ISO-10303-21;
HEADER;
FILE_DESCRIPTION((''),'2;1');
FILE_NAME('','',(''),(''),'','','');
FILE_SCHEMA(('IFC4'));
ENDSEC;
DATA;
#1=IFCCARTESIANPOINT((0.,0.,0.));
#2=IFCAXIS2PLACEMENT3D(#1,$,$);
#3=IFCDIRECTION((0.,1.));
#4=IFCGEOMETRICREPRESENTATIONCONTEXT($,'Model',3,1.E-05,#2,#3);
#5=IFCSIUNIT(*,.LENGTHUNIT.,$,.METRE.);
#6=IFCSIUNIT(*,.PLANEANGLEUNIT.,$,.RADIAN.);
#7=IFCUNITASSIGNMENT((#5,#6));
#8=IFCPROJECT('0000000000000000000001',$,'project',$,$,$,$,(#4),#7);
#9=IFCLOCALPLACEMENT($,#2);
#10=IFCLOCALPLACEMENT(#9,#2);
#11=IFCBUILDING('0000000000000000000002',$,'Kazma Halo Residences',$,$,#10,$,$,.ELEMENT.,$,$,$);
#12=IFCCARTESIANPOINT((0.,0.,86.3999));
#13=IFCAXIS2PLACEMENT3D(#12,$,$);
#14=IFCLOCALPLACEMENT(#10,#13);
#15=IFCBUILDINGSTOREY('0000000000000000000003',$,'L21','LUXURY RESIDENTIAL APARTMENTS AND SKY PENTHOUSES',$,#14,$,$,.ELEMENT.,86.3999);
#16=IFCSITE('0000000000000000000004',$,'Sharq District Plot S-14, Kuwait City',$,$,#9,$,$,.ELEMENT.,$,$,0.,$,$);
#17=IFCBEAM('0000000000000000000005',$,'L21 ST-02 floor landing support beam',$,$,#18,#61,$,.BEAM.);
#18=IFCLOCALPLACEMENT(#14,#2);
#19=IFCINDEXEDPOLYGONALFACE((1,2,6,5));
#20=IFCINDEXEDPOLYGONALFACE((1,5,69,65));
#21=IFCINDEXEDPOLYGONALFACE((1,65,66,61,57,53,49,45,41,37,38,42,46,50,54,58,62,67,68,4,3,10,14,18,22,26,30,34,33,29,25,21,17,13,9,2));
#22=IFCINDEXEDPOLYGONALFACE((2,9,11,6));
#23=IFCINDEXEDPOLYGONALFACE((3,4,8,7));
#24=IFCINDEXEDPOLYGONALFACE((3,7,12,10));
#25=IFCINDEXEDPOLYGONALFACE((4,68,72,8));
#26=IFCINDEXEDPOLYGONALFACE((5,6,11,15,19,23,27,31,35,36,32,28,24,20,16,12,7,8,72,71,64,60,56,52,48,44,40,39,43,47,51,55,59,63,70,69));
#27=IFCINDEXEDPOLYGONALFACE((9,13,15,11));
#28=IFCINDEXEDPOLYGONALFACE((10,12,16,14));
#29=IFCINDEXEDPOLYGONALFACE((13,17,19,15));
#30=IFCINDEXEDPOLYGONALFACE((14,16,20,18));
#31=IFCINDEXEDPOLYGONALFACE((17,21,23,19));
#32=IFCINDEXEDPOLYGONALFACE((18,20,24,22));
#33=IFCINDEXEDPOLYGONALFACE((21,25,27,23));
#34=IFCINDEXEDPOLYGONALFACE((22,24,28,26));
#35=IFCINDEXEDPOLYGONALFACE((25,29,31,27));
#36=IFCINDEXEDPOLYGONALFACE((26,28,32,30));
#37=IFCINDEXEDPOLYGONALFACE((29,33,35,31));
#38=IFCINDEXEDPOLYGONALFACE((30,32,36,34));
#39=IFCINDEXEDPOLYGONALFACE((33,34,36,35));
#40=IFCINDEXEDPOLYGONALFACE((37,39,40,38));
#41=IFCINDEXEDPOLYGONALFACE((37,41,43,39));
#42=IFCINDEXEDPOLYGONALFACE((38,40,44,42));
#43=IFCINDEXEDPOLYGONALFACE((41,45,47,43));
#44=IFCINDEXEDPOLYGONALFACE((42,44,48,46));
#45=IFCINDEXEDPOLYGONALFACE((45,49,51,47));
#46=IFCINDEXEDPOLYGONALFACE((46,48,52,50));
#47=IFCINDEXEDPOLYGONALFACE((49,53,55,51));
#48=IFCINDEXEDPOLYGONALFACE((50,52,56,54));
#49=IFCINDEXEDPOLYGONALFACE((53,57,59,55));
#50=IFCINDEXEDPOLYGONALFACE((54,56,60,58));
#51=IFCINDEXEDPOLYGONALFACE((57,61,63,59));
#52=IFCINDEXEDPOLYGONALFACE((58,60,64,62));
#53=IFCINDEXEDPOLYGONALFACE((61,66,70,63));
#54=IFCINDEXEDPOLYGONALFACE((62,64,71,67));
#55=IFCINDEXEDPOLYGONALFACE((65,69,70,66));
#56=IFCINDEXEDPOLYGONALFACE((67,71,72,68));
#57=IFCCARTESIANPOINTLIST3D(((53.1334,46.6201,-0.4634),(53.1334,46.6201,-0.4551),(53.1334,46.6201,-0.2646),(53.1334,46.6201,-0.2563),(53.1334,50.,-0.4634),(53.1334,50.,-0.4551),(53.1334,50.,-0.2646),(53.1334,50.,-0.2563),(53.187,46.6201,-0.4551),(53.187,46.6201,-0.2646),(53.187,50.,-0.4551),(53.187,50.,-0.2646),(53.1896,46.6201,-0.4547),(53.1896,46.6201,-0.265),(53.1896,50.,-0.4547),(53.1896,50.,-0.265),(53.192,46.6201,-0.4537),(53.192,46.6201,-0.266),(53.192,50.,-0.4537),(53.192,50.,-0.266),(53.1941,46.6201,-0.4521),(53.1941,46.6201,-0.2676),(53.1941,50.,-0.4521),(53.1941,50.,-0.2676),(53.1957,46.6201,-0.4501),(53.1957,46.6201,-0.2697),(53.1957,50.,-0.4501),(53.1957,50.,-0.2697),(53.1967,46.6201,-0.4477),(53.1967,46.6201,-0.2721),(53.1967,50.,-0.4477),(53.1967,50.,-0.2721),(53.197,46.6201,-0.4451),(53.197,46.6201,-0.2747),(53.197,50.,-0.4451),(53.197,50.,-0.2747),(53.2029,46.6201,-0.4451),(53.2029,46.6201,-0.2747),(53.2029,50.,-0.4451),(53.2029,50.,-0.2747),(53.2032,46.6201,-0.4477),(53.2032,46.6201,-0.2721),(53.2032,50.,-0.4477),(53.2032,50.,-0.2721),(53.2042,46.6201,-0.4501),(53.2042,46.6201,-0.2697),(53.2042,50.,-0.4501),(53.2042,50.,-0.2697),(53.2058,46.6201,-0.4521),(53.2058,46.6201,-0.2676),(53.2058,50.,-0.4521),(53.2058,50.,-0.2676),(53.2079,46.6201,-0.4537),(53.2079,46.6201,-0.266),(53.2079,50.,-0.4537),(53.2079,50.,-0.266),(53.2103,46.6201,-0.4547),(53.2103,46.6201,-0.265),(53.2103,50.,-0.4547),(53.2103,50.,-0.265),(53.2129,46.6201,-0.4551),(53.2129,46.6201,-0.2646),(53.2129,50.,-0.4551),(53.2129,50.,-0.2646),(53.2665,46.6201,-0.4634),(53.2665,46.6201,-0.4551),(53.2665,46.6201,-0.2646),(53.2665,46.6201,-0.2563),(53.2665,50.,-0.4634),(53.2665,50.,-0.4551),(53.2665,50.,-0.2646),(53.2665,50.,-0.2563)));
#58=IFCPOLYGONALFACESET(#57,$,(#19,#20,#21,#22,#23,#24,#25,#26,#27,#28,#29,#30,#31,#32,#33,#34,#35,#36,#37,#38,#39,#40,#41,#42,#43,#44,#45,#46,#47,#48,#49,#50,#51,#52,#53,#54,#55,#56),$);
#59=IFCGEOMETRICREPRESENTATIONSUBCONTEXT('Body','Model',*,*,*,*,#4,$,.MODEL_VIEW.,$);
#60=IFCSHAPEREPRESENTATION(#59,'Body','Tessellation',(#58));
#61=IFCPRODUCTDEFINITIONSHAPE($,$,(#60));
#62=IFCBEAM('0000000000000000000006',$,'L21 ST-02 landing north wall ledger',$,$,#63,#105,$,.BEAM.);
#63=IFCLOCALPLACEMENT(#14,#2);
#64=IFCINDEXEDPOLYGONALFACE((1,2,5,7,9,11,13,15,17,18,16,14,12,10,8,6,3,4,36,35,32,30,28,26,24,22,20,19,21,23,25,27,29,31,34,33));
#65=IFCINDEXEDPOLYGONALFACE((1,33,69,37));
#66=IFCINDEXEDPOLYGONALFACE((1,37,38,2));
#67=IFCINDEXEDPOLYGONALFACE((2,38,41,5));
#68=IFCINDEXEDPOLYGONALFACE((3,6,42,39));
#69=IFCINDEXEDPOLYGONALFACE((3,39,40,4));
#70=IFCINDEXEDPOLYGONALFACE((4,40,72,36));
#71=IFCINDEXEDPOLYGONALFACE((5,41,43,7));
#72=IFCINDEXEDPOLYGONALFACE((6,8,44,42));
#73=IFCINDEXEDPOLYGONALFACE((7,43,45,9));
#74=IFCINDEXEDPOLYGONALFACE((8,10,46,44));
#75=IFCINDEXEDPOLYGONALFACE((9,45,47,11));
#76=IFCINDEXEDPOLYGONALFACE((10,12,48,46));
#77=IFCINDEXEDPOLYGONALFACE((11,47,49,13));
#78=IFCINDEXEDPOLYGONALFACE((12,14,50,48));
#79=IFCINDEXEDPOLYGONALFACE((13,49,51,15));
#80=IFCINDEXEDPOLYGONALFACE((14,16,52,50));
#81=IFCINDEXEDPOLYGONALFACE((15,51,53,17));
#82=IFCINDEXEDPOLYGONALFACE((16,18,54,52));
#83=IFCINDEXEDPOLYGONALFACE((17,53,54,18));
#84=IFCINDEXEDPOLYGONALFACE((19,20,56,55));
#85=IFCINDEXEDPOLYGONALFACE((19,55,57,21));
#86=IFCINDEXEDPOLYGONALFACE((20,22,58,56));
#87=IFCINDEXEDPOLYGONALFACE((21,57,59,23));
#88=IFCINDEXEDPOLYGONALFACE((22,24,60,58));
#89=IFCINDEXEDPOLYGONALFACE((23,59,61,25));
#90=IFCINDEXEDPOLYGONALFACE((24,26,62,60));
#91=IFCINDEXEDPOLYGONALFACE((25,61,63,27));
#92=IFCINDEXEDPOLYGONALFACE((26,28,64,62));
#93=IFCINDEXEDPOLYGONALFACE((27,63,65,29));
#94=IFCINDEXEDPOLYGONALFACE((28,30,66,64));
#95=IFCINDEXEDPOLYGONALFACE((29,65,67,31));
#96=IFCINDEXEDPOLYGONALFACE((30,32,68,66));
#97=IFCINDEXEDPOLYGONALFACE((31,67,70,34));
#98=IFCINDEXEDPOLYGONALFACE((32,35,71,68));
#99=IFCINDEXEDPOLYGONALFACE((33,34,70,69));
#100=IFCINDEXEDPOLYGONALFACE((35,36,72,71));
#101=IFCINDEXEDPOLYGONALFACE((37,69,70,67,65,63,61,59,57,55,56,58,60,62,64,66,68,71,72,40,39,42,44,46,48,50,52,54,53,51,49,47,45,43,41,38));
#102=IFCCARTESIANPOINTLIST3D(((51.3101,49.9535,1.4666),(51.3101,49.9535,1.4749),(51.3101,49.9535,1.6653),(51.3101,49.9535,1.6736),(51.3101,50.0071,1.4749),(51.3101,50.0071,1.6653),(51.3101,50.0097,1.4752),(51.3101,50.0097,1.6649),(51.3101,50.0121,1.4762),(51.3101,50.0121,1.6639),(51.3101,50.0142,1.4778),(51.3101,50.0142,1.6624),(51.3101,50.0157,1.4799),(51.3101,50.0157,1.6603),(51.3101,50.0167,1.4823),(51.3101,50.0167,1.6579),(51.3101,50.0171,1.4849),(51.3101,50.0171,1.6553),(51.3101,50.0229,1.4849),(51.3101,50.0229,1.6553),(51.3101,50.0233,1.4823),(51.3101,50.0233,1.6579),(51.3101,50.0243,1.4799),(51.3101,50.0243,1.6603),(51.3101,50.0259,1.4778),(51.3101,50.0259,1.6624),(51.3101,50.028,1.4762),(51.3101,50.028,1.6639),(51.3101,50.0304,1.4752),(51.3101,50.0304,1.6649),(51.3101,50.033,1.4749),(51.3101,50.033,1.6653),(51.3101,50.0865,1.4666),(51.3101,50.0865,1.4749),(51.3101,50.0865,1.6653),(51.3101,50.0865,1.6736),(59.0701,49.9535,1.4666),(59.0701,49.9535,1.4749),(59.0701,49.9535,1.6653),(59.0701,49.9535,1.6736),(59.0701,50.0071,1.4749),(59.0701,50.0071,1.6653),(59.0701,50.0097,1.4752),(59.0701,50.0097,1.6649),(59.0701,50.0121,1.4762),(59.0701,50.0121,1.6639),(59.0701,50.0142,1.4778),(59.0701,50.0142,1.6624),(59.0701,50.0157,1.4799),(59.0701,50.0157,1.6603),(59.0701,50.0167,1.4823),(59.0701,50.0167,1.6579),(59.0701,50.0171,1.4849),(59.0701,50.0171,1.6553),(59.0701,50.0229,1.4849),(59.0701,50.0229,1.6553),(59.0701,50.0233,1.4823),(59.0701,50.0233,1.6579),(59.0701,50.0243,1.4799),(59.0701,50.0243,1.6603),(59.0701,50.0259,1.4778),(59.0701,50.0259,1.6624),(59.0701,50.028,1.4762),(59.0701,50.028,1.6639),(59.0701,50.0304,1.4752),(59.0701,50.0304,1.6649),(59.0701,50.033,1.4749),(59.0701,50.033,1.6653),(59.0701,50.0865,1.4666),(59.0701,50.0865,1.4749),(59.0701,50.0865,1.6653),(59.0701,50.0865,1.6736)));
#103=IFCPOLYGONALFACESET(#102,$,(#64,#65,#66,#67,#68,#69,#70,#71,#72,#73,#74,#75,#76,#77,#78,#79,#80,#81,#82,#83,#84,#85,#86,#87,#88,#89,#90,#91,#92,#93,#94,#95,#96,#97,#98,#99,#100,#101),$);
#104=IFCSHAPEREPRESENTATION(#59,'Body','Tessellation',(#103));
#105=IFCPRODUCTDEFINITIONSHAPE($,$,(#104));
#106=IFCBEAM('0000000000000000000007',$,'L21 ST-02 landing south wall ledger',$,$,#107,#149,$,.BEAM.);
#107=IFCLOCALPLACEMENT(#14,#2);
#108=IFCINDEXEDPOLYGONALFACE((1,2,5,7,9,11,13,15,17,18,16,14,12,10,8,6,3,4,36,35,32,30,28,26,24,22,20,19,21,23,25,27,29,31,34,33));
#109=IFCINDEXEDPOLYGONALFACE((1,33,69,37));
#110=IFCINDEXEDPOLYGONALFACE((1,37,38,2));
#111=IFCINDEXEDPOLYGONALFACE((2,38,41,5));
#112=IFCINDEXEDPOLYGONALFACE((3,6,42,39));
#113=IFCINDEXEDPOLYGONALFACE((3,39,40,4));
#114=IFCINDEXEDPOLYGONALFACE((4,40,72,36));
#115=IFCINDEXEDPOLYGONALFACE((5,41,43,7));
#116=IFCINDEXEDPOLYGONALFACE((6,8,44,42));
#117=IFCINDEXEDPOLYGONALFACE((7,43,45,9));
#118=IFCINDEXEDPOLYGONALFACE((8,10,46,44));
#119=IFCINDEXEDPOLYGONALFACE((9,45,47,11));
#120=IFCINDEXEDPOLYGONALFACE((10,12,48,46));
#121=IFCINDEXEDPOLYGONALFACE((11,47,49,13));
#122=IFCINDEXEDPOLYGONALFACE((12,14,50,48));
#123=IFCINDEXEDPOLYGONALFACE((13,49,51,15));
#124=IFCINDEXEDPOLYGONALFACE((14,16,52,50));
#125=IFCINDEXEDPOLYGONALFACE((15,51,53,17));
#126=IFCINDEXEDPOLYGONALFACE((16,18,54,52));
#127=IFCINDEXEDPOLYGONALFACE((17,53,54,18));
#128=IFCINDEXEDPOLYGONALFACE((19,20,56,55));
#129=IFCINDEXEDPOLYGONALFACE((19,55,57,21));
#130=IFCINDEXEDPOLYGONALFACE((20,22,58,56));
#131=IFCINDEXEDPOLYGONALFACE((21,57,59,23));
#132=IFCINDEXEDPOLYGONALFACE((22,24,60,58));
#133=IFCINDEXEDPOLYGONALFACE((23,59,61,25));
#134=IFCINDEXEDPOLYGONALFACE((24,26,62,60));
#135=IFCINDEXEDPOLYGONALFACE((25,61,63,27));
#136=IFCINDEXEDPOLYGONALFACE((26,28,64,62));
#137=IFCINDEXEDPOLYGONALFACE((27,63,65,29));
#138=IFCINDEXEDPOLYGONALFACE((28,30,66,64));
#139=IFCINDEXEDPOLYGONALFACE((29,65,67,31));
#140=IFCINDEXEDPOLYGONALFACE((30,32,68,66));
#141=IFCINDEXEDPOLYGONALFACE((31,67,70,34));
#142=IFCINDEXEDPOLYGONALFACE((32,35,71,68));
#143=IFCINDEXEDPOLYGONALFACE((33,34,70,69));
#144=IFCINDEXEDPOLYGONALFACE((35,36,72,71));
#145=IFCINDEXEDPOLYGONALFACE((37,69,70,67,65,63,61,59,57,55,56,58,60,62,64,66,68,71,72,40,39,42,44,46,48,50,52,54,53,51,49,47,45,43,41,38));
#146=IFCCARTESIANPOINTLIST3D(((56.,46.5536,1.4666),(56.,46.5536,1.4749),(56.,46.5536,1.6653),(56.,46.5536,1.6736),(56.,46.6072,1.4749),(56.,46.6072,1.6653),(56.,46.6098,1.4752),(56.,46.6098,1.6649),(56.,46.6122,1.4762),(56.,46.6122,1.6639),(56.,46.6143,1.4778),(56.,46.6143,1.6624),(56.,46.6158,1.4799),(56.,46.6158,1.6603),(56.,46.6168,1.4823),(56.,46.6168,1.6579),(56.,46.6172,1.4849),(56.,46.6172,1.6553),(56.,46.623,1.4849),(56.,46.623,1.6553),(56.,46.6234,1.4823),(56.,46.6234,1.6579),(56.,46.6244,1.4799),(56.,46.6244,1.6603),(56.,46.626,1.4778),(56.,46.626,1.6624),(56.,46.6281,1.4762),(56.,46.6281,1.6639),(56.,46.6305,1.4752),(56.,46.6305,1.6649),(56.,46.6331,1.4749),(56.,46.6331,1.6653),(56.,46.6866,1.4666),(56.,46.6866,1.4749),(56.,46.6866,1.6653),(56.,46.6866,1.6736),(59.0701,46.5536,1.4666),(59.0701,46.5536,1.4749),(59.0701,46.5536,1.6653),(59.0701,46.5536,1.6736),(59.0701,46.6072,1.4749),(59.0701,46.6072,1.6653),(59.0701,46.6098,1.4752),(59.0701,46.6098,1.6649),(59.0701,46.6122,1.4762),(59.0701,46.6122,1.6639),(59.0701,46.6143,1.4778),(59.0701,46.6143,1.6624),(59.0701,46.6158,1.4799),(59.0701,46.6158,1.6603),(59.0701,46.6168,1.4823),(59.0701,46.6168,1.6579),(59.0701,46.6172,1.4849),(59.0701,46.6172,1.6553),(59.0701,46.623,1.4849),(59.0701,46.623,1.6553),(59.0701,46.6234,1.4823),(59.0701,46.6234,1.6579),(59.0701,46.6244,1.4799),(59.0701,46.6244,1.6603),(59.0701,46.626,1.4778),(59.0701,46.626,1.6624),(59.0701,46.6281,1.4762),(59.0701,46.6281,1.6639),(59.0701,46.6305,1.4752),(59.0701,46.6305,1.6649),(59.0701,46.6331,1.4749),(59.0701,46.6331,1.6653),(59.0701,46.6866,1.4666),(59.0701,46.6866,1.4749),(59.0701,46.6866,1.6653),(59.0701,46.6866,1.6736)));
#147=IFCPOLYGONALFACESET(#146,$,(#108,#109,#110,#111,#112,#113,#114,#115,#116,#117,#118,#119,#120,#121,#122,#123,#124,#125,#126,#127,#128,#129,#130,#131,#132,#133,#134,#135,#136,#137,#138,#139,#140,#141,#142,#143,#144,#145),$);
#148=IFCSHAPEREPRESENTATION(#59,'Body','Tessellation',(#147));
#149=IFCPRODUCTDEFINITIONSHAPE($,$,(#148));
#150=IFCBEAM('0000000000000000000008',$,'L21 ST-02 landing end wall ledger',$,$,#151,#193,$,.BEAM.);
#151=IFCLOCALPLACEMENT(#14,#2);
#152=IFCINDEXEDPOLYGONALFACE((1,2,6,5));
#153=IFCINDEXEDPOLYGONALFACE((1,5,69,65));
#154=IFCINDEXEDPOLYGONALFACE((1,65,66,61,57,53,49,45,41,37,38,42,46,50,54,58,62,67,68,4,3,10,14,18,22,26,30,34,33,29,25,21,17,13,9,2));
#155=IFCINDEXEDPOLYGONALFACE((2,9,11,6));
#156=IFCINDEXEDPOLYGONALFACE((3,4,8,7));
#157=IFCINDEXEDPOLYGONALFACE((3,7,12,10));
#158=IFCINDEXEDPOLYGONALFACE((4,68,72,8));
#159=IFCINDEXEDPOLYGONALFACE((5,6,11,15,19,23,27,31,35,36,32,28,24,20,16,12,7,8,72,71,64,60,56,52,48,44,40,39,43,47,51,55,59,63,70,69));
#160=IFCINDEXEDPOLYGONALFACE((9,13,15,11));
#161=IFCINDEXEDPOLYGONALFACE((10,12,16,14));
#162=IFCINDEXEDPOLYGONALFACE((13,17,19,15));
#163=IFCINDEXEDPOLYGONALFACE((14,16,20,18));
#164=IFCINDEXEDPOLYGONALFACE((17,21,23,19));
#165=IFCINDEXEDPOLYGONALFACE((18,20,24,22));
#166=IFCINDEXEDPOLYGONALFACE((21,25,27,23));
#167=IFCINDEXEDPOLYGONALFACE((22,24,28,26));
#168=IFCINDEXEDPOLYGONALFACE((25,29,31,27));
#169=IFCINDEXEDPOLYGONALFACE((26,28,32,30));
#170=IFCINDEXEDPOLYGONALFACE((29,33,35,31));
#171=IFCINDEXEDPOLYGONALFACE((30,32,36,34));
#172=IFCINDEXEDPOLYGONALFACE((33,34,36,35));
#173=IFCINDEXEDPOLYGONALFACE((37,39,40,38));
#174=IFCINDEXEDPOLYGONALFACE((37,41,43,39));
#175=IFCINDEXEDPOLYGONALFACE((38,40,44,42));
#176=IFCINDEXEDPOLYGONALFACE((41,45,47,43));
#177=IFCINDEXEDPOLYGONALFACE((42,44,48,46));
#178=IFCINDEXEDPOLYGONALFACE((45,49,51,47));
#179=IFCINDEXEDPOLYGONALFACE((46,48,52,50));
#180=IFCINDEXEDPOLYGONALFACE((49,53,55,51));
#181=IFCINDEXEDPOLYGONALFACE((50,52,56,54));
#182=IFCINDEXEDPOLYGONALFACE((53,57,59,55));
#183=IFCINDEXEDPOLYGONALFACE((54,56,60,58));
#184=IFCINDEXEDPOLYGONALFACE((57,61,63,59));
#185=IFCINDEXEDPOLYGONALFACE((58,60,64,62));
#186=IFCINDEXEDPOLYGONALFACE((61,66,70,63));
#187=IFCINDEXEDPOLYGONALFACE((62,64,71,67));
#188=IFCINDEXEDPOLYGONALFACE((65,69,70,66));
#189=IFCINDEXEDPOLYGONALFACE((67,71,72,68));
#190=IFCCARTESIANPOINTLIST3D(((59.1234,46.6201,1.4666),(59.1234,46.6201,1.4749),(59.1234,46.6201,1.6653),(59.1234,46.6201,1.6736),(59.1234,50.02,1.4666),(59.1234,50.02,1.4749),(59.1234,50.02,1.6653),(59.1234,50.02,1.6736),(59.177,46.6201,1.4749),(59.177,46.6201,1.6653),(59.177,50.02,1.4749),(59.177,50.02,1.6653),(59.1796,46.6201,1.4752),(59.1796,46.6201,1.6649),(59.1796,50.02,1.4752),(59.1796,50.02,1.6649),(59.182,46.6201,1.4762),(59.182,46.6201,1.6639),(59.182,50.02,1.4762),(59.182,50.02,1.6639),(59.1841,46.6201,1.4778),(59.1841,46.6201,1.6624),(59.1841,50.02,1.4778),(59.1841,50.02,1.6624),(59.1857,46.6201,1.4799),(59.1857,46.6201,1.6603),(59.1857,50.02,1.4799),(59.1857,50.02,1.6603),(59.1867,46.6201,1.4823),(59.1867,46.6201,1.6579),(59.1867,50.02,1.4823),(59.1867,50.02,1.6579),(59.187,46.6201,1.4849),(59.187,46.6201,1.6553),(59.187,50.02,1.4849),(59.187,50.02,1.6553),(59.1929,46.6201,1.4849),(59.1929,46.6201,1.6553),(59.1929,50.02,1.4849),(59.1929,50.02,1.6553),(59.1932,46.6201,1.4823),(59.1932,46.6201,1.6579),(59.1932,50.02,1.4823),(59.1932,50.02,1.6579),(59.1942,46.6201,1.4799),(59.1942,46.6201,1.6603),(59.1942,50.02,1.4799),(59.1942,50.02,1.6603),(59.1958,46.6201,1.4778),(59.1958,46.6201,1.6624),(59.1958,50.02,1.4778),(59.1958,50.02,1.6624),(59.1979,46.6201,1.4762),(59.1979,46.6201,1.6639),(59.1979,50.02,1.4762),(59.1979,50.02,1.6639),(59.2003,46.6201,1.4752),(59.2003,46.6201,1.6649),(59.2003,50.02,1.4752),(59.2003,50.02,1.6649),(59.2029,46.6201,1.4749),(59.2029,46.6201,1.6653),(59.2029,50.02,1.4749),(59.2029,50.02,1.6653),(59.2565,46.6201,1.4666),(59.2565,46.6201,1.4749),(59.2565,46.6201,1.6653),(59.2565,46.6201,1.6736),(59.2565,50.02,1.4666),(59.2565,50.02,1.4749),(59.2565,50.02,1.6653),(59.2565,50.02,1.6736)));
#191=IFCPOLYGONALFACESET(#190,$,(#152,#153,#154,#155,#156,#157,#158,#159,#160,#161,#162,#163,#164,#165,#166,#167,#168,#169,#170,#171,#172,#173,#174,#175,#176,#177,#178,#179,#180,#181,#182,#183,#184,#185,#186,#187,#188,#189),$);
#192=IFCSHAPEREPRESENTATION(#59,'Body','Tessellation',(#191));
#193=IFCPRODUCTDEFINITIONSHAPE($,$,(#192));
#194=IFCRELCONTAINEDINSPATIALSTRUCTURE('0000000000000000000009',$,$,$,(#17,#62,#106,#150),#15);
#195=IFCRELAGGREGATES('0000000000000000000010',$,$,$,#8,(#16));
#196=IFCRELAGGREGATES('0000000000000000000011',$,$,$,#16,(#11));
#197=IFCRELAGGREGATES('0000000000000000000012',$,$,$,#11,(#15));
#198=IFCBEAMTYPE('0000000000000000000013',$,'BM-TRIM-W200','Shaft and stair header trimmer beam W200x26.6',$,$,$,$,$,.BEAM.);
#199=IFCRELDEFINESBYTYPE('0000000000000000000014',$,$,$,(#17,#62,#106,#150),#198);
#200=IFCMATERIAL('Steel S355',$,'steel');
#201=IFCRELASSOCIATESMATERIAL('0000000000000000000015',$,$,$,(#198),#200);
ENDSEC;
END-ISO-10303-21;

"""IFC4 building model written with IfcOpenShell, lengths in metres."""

from ifc_helpers import new_model, si_unit, direction, frame, origin, origin_2d, place, context, subcontext, project, spatial, i_section, extrude, material, material_profile, profile_set, type_object, element, save


model = new_model("IFC4")

# Units and contexts
model_context = context("Model", 3, precision=1e-05, world=origin(), true_north=direction((0.0, 1.0)))
body_context = subcontext(model_context, "Body", "Model", "MODEL_VIEW")
ifc_project = project(units=[si_unit("LENGTHUNIT", "METRE"), si_unit("PLANEANGLEUNIT", "RADIAN")], contexts=[model_context])

# Site, building, storey
site_placement = place(None, origin())
site = spatial("IfcSite", under=ifc_project, at=site_placement, Name="Sharq District Plot S-14, Kuwait City", CompositionType="ELEMENT", RefElevation=0.0)
building_placement = place(site_placement, origin())
building = spatial("IfcBuilding", under=site, at=building_placement, Name="Kazma Halo Residences", CompositionType="ELEMENT")
storey_placement = place(building_placement, frame((0.0, 0.0, 86.3999)))
storey = spatial("IfcBuildingStorey", under=building, at=storey_placement, Name="L21", Description="LUXURY RESIDENTIAL APARTMENTS AND SKY PENTHOUSES", CompositionType="ELEMENT", Elevation=86.3999)

# Shared definitions
ifc_material_1 = material(Name="Steel S355", Category="steel")

# Beams
ifc_material_profile_1 = material_profile(ifc_material_1, i_section(OverallWidth=0.1331, OverallDepth=0.207, WebThickness=0.0059, FlangeThickness=0.0083, FilletRadius=0.01, at=origin_2d()), Name="W200x26.6")
ifc_profile_set_1 = profile_set([ifc_material_profile_1], Name="Steel S355")
beam_type_1 = type_object("IfcBeamType", Name="BM-TRIM-W200", Description="Shaft and stair header trimmer beam W200x26.6", PredefinedType="BEAM", material=ifc_profile_set_1)
beam_1_placement = place(storey_placement, frame((53.2, 46.6201, -0.3599), z_axis=(0.0, 1.0, 0.0), x_axis=(-1.0, 0.0, 0.0)))
element("IfcBeam", 1, at=beam_1_placement, inside=storey, type_object=beam_type_1, Name="L21 ST-02 floor landing support beam", PredefinedType="BEAM", context=body_context, shape_type="SweptSolid", body=[
    extrude(i_section(OverallWidth=0.1331, OverallDepth=0.207, WebThickness=0.0059, FlangeThickness=0.0083, FilletRadius=0.01, at=origin_2d()), origin(), (0.0, 0.0, 1.0), 3.3799),
])
beam_2_placement = place(storey_placement, frame((51.3101, 50.02, 1.5701), z_axis=(1.0, 0.0, 0.0), x_axis=(0.0, 1.0, 0.0)))
element("IfcBeam", 2, at=beam_2_placement, inside=storey, type_object=beam_type_1, Name="L21 ST-02 landing north wall ledger", PredefinedType="BEAM", context=body_context, shape_type="SweptSolid", body=[
    extrude(i_section(OverallWidth=0.1331, OverallDepth=0.207, WebThickness=0.0059, FlangeThickness=0.0083, FilletRadius=0.01, at=origin_2d()), origin(), (0.0, 0.0, 1.0), 7.76),
])
beam_3_placement = place(storey_placement, frame((56.0, 46.6201, 1.5701), z_axis=(1.0, 0.0, 0.0), x_axis=(0.0, 1.0, 0.0)))
element("IfcBeam", 3, at=beam_3_placement, inside=storey, type_object=beam_type_1, Name="L21 ST-02 landing south wall ledger", PredefinedType="BEAM", context=body_context, shape_type="SweptSolid", body=[
    extrude(i_section(OverallWidth=0.1331, OverallDepth=0.207, WebThickness=0.0059, FlangeThickness=0.0083, FilletRadius=0.01, at=origin_2d()), origin(), (0.0, 0.0, 1.0), 3.0701),
])
beam_4_placement = place(storey_placement, frame((59.1899, 46.6201, 1.5701), z_axis=(0.0, 1.0, 0.0), x_axis=(-1.0, 0.0, 0.0)))
element("IfcBeam", 4, at=beam_4_placement, inside=storey, type_object=beam_type_1, Name="L21 ST-02 landing end wall ledger", PredefinedType="BEAM", context=body_context, shape_type="SweptSolid", body=[
    extrude(i_section(OverallWidth=0.1331, OverallDepth=0.207, WebThickness=0.0059, FlangeThickness=0.0083, FilletRadius=0.01, at=origin_2d()), origin(), (0.0, 0.0, 1.0), 3.3999),
])

save(model, "model.ifc")
